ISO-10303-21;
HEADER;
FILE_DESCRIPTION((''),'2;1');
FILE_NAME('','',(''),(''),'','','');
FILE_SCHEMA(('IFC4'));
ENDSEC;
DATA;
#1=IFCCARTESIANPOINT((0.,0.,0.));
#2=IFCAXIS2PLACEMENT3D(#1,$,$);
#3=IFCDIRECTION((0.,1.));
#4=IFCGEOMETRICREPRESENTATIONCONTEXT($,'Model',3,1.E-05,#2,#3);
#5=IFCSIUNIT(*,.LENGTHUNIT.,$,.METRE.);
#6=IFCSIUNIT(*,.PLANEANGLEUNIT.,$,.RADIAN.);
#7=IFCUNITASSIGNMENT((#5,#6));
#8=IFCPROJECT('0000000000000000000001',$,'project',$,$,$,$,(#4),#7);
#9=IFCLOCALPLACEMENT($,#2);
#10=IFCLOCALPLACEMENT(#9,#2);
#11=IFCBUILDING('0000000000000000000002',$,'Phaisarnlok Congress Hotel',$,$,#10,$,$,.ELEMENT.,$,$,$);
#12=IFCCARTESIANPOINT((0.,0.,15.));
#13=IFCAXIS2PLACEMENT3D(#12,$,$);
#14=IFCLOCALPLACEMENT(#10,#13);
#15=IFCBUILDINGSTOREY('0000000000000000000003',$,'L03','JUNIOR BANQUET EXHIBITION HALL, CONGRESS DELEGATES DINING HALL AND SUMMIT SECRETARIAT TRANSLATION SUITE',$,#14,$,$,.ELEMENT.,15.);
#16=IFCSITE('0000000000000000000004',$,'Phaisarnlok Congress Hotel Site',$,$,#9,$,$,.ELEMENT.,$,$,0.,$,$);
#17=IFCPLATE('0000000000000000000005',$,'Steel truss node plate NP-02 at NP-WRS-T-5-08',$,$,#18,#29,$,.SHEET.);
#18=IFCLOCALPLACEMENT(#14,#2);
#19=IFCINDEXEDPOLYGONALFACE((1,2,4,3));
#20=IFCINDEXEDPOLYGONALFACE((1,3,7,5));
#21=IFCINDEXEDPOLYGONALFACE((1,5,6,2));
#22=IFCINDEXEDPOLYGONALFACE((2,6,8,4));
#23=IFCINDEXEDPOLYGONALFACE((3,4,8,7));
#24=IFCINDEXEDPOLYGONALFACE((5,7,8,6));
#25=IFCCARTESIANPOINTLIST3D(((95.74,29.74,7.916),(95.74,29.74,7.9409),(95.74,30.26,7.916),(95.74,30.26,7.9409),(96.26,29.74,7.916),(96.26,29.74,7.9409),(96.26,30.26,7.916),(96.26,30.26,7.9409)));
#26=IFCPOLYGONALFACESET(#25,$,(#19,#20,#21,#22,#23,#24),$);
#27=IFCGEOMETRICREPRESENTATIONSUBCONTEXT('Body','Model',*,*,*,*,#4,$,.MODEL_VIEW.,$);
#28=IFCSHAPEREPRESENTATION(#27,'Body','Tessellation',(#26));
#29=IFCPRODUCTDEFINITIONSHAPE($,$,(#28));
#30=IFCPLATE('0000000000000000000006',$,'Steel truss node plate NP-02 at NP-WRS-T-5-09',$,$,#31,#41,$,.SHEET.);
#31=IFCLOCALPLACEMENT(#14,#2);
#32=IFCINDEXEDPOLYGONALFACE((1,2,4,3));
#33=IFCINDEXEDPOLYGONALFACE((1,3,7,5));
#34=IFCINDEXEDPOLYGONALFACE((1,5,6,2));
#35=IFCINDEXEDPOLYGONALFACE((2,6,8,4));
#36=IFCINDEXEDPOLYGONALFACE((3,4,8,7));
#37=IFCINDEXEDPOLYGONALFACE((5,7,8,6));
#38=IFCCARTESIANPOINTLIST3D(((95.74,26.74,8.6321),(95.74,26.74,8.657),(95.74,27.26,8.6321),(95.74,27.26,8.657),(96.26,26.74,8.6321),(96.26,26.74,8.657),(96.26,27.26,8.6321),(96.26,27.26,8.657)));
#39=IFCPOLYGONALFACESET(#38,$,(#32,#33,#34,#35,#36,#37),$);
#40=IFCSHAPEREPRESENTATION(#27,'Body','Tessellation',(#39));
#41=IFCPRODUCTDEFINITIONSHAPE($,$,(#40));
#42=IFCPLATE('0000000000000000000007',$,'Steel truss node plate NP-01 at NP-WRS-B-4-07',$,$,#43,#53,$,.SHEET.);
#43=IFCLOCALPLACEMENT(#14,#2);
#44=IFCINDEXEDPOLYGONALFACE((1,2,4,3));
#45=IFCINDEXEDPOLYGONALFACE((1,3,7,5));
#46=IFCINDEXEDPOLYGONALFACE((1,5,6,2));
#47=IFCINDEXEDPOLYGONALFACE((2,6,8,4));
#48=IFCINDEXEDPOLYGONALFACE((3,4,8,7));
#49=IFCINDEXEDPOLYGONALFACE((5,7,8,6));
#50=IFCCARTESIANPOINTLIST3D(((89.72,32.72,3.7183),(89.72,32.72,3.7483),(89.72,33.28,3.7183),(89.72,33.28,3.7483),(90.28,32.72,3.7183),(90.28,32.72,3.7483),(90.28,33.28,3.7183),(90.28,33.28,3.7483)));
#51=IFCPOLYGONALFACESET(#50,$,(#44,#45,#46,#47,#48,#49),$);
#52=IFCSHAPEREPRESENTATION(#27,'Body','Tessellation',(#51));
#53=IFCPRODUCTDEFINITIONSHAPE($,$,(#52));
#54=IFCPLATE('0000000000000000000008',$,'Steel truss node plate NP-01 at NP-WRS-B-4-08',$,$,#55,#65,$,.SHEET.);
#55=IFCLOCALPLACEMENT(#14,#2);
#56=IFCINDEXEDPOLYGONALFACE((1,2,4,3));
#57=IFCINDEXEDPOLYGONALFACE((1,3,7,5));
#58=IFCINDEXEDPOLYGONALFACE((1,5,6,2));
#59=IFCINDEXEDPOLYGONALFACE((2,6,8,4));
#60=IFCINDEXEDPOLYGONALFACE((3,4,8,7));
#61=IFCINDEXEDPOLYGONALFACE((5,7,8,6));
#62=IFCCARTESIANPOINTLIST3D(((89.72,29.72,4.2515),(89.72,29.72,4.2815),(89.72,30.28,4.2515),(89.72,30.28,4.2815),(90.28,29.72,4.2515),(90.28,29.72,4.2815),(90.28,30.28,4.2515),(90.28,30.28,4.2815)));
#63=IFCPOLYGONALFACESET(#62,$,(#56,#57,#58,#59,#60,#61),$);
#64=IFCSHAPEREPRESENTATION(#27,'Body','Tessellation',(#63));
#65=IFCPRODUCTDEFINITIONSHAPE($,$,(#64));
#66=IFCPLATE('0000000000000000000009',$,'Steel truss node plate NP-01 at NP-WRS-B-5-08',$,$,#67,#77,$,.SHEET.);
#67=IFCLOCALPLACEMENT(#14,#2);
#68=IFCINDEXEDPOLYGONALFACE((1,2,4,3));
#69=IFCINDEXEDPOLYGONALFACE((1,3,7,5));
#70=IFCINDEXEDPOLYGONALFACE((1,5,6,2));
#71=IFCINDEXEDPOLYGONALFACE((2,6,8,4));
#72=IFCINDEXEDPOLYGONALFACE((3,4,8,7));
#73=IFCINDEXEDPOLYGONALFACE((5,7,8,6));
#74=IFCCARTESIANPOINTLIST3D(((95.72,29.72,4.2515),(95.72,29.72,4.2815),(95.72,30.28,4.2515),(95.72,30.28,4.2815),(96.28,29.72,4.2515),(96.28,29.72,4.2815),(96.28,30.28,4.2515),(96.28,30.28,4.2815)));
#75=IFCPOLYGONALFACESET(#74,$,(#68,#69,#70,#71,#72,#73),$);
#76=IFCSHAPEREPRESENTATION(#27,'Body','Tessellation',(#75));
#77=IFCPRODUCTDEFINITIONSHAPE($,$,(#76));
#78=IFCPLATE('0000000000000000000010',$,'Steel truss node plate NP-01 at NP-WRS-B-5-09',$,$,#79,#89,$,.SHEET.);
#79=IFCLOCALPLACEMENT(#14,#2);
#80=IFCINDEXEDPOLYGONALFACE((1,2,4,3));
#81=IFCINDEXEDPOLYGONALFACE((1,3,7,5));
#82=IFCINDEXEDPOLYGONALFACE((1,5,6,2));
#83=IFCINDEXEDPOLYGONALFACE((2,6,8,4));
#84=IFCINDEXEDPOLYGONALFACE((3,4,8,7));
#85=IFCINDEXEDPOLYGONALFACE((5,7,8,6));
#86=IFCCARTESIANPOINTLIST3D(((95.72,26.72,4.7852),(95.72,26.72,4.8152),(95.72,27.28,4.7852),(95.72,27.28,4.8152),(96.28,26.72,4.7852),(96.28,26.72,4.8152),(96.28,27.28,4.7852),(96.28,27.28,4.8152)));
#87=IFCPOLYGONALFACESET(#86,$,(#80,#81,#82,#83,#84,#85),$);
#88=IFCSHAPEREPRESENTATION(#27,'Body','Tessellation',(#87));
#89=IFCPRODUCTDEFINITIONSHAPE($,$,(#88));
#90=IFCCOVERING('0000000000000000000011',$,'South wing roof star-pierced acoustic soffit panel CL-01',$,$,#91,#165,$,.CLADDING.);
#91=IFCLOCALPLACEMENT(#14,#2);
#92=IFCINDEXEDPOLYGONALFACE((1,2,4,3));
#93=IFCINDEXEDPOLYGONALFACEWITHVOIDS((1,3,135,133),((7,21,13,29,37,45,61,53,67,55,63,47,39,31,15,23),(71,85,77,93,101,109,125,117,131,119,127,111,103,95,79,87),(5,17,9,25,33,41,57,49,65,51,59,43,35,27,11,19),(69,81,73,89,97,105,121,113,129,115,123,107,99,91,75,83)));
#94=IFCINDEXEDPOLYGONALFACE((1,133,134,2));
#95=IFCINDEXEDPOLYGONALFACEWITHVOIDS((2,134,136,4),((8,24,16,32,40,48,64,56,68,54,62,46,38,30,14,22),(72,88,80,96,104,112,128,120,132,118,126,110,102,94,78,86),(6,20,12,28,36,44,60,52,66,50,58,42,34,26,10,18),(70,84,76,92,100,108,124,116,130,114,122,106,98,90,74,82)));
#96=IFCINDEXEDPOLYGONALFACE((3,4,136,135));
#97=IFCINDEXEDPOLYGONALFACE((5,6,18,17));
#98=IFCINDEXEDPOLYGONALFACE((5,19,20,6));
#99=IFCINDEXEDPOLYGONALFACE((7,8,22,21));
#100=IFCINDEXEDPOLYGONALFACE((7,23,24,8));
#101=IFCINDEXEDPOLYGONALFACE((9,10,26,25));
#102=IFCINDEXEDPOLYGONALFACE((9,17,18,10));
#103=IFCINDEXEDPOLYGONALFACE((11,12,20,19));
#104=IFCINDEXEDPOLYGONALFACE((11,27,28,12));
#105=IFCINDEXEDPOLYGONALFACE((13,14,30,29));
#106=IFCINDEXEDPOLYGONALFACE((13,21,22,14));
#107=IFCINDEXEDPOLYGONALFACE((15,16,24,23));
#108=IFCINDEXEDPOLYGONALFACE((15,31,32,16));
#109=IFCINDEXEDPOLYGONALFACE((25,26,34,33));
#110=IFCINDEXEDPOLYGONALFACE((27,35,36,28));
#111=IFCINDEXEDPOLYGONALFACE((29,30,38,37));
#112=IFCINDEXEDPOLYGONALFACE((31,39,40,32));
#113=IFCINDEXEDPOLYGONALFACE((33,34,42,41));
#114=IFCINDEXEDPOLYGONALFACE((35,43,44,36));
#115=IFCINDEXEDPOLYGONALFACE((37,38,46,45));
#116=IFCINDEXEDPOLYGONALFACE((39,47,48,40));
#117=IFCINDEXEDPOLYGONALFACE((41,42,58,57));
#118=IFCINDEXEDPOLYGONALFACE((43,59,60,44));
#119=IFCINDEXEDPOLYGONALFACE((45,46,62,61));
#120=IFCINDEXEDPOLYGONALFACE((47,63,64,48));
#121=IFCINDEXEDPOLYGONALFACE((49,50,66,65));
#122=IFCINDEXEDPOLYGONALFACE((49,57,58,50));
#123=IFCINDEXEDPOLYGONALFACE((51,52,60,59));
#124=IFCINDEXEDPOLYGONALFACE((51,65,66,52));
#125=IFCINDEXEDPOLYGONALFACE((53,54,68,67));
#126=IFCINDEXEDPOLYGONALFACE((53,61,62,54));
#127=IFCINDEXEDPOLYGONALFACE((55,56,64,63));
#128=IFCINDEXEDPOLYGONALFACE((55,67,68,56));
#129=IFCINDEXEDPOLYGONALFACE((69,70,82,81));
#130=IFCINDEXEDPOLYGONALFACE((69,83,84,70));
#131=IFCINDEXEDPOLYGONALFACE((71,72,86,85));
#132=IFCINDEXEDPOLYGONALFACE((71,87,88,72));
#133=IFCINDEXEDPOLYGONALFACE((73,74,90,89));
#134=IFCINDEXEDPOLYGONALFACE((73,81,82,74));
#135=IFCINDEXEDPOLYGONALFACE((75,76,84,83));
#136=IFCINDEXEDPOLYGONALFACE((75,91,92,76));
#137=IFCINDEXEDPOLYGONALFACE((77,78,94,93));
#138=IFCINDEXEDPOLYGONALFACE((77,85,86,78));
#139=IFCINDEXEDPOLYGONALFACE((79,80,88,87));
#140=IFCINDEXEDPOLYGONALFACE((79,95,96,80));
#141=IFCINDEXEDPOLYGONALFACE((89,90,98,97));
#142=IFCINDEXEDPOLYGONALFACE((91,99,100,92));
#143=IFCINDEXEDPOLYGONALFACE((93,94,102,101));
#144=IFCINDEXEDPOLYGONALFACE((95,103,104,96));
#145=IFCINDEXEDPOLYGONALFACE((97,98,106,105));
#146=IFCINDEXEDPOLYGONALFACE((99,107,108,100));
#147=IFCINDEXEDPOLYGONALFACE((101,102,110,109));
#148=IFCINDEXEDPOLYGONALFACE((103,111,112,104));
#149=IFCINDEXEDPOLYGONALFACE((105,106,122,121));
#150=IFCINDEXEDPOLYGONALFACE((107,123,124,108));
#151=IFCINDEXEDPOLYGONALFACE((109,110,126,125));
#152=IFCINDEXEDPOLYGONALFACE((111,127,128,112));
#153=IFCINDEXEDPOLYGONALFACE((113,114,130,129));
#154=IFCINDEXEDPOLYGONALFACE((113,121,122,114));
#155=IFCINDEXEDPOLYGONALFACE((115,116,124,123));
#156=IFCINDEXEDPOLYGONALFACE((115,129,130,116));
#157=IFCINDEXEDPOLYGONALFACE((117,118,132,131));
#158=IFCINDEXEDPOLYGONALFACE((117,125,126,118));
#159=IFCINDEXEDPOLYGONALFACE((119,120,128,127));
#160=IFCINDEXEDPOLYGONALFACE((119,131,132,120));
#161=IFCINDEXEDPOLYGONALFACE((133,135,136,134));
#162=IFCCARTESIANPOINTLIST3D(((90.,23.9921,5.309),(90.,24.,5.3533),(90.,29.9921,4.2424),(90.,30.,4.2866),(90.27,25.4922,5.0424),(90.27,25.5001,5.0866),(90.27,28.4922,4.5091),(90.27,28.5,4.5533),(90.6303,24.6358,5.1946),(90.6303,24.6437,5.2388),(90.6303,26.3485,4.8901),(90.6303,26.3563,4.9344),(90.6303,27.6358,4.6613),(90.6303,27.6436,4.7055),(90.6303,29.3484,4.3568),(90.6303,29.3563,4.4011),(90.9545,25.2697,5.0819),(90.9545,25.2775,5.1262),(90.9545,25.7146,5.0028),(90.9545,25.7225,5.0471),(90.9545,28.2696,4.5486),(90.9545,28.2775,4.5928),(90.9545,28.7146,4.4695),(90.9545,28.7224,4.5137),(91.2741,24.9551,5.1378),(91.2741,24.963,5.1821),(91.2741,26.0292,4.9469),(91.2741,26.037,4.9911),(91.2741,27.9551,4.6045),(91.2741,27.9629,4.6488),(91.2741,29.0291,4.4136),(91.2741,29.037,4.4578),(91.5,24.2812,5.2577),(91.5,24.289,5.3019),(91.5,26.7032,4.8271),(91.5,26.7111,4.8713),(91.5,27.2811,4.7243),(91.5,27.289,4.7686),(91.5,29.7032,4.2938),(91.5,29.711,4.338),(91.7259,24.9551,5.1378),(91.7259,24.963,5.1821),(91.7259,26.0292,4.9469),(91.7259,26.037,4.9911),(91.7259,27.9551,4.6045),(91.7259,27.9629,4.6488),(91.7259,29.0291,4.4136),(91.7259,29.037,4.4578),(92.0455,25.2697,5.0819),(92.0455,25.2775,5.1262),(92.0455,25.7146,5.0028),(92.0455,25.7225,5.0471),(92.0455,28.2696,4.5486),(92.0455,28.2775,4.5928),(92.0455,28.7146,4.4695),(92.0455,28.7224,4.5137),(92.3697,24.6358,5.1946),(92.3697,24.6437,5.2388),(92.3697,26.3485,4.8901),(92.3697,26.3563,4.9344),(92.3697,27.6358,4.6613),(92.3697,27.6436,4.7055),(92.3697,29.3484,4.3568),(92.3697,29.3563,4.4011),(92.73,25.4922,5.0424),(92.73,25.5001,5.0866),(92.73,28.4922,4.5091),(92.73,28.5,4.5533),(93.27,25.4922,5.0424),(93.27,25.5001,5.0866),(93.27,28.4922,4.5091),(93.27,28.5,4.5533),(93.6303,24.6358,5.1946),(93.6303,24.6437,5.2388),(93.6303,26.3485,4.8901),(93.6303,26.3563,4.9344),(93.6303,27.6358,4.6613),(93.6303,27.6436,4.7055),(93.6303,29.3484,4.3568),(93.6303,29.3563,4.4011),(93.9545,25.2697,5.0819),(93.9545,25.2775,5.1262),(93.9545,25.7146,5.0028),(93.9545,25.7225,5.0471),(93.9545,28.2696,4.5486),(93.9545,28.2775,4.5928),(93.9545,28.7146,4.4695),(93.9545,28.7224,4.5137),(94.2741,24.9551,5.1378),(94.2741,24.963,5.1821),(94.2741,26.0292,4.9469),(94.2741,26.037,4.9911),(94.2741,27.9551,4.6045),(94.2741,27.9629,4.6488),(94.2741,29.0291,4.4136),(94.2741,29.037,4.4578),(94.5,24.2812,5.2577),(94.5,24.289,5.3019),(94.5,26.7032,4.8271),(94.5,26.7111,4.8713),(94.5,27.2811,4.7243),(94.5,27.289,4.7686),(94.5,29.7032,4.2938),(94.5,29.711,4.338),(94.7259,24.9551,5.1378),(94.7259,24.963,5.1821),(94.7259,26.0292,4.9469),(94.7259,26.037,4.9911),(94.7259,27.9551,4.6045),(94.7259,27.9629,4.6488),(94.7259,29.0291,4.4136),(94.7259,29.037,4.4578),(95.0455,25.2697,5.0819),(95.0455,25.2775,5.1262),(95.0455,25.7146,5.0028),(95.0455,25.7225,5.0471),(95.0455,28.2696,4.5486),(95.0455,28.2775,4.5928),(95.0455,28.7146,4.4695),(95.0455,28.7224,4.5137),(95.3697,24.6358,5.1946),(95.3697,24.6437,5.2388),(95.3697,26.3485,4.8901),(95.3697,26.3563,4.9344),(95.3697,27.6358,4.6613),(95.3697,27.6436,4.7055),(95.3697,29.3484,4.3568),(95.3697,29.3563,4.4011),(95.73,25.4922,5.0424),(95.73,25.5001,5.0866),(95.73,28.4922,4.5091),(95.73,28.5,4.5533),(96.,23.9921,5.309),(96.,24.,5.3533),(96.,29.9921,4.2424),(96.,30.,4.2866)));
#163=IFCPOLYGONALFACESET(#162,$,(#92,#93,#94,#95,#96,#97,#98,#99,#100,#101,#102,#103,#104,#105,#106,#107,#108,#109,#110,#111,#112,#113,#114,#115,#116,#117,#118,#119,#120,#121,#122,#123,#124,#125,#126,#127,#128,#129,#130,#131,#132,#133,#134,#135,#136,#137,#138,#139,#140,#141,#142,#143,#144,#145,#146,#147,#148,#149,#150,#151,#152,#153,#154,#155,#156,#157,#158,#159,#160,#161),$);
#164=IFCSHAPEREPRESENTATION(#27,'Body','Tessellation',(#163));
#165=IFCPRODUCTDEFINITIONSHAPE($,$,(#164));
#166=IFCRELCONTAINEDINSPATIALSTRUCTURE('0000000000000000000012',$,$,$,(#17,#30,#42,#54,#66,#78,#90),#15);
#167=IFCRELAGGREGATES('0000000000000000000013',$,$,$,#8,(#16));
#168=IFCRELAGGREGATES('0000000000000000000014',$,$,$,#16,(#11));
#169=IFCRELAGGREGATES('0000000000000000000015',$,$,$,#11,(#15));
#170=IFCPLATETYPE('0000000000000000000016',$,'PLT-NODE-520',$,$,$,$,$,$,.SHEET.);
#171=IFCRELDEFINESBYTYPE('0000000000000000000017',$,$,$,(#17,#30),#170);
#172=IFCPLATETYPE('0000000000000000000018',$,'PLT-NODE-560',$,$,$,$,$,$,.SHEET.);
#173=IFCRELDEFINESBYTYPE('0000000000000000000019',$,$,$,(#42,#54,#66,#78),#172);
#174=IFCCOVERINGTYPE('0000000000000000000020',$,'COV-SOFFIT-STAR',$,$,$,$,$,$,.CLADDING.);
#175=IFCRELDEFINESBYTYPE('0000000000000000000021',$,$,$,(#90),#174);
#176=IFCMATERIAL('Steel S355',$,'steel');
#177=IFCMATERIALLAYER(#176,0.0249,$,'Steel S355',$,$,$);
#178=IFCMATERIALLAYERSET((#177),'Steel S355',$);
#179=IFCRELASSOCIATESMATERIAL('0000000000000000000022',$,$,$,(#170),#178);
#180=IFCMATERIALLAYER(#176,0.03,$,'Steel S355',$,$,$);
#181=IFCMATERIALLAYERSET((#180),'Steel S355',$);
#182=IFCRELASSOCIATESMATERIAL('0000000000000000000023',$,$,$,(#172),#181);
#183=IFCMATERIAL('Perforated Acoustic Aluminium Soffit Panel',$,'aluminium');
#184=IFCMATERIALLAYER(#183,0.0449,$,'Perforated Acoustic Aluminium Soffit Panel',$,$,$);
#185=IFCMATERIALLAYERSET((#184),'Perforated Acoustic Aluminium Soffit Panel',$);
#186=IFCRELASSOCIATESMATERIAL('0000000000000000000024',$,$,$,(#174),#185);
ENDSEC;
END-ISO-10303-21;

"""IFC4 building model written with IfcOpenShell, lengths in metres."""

from ifc_helpers import new_model, si_unit, direction, frame, origin, origin_2d, place, context, subcontext, project, spatial, polyline, rectangle, outline, extrude, material, layer, layer_set, type_object, element, save


model = new_model("IFC4")

# Units and contexts
model_context = context("Model", 3, precision=1e-05, world=origin(), true_north=direction((0.0, 1.0)))
body_context = subcontext(model_context, "Body", "Model", "MODEL_VIEW")
ifc_project = project(units=[si_unit("LENGTHUNIT", "METRE"), si_unit("PLANEANGLEUNIT", "RADIAN")], contexts=[model_context])

# Site, building, storey
site_placement = place(None, origin())
site = spatial("IfcSite", under=ifc_project, at=site_placement, Name="Phaisarnlok Congress Hotel Site", CompositionType="ELEMENT", RefElevation=0.0)
building_placement = place(site_placement, origin())
building = spatial("IfcBuilding", under=site, at=building_placement, Name="Phaisarnlok Congress Hotel", CompositionType="ELEMENT")
storey_placement = place(building_placement, frame((0.0, 0.0, 15.0)))
storey = spatial("IfcBuildingStorey", under=building, at=storey_placement, Name="L03", Description="JUNIOR BANQUET EXHIBITION HALL, CONGRESS DELEGATES DINING HALL AND SUMMIT SECRETARIAT TRANSLATION SUITE", CompositionType="ELEMENT", Elevation=15.0)

# Shared definitions
ifc_material_1 = material(Name="Steel S355", Category="steel")

# Plates
ifc_layer_1 = layer(ifc_material_1, 0.0249, Name="Steel S355")
ifc_layer_set_1 = layer_set([ifc_layer_1], Name="Steel S355")
plate_type_1 = type_object("IfcPlateType", Name="PLT-NODE-520", PredefinedType="SHEET", material=ifc_layer_set_1)
for number, where, z_axis, x_axis, name in (
    (1, (96.0, 30.0, 7.916), (0.0, 0.0, 1.0), (1.0, 0.0, 0.0), "Steel truss node plate NP-02 at NP-WRS-T-5-08"),
    (2, (96.0, 27.0, 8.6321), (0.0, 0.0, 1.0), (1.0, 0.0, 0.0), "Steel truss node plate NP-02 at NP-WRS-T-5-09"),
):
    element("IfcPlate", number, at=place(storey_placement, frame(where, z_axis=z_axis, x_axis=x_axis)), inside=storey, type_object=plate_type_1, Name=name, PredefinedType="SHEET", context=body_context, shape_type="SweptSolid", body=[
        extrude(rectangle(XDim=0.52, YDim=0.52, at=origin_2d()), origin(), (0.0, 0.0, 1.0), 0.0249),
    ])
ifc_layer_2 = layer(ifc_material_1, 0.03, Name="Steel S355")
ifc_layer_set_2 = layer_set([ifc_layer_2], Name="Steel S355")
plate_type_2 = type_object("IfcPlateType", Name="PLT-NODE-560", PredefinedType="SHEET", material=ifc_layer_set_2)
for number, where, z_axis, x_axis, name in (
    (3, (90.0, 33.0, 3.7183), (0.0, 0.0, 1.0), (1.0, 0.0, 0.0), "Steel truss node plate NP-01 at NP-WRS-B-4-07"),
    (4, (90.0, 30.0, 4.2515), (0.0, 0.0, 1.0), (1.0, 0.0, 0.0), "Steel truss node plate NP-01 at NP-WRS-B-4-08"),
    (5, (96.0, 30.0, 4.2515), (0.0, 0.0, 1.0), (1.0, 0.0, 0.0), "Steel truss node plate NP-01 at NP-WRS-B-5-08"),
    (6, (96.0, 27.0, 4.7852), (0.0, 0.0, 1.0), (1.0, 0.0, 0.0), "Steel truss node plate NP-01 at NP-WRS-B-5-09"),
):
    element("IfcPlate", number, at=place(storey_placement, frame(where, z_axis=z_axis, x_axis=x_axis)), inside=storey, type_object=plate_type_2, Name=name, PredefinedType="SHEET", context=body_context, shape_type="SweptSolid", body=[
        extrude(rectangle(XDim=0.5601, YDim=0.5601, at=origin_2d()), origin(), (0.0, 0.0, 1.0), 0.03),
    ])

# Covering
ifc_material_2 = material(Name="Perforated Acoustic Aluminium Soffit Panel", Category="aluminium")
ifc_layer_3 = layer(ifc_material_2, 0.0449, Name="Perforated Acoustic Aluminium Soffit Panel")
ifc_layer_set_3 = layer_set([ifc_layer_3], Name="Perforated Acoustic Aluminium Soffit Panel")
covering_type = type_object("IfcCoveringType", Name="COV-SOFFIT-STAR", PredefinedType="CLADDING", material=ifc_layer_set_3)
covering_placement = place(storey_placement, frame((90.0, 30.0, 4.2866), z_axis=(0.0, -0.175031, -0.984563), x_axis=(1.0, 0.0, 0.0)))
element("IfcCovering", 7, at=covering_placement, inside=storey, type_object=covering_type, Name="South wing roof star-pierced acoustic soffit panel CL-01", PredefinedType="CLADDING", context=body_context, shape_type="SweptSolid", body=[
    extrude(outline(polyline([(0.0, 0.0), (6.0, 0.0), (6.0, 6.0941), (0.0, 6.0941), (0.0, 0.0)]), holes=[polyline([(2.0455, 1.2976), (2.3697, 0.6538), (1.7259, 0.9781), (1.5, 0.2935), (1.2741, 0.9781), (0.6303, 0.6538), (0.9545, 1.2976), (0.27, 1.5235), (0.9545, 1.7495), (0.6303, 2.3933), (1.2741, 2.069), (1.5, 2.7535), (1.7259, 2.069), (2.3697, 2.3933), (2.0455, 1.7495), (2.73, 1.5235), (2.0455, 1.2976)]), polyline([(2.0455, 4.3446), (2.3697, 3.7008), (1.7259, 4.0251), (1.5, 3.3405), (1.2741, 4.0251), (0.6303, 3.7008), (0.9545, 4.3446), (0.27, 4.5705), (0.9545, 4.7965), (0.6303, 5.4403), (1.2741, 5.116), (1.5, 5.8005), (1.7259, 5.116), (2.3697, 5.4403), (2.0455, 4.7965), (2.73, 4.5705), (2.0455, 4.3446)]), polyline([(5.0455, 1.2976), (5.3697, 0.6538), (4.7259, 0.9781), (4.5, 0.2935), (4.2741, 0.9781), (3.6303, 0.6538), (3.9545, 1.2976), (3.27, 1.5235), (3.9545, 1.7495), (3.6303, 2.3933), (4.2741, 2.069), (4.5, 2.7535), (4.7259, 2.069), (5.3697, 2.3933), (5.0455, 1.7495), (5.73, 1.5235), (5.0455, 1.2976)]), polyline([(5.0455, 4.3446), (5.3697, 3.7008), (4.7259, 4.0251), (4.5, 3.3405), (4.2741, 4.0251), (3.6303, 3.7008), (3.9545, 4.3446), (3.27, 4.5705), (3.9545, 4.7965), (3.6303, 5.4403), (4.2741, 5.116), (4.5, 5.8005), (4.7259, 5.116), (5.3697, 5.4403), (5.0455, 4.7965), (5.73, 4.5705), (5.0455, 4.3446)])]), origin(), (0.0, 0.0, 1.0), 0.0449),
])

save(model, "model.ifc")
